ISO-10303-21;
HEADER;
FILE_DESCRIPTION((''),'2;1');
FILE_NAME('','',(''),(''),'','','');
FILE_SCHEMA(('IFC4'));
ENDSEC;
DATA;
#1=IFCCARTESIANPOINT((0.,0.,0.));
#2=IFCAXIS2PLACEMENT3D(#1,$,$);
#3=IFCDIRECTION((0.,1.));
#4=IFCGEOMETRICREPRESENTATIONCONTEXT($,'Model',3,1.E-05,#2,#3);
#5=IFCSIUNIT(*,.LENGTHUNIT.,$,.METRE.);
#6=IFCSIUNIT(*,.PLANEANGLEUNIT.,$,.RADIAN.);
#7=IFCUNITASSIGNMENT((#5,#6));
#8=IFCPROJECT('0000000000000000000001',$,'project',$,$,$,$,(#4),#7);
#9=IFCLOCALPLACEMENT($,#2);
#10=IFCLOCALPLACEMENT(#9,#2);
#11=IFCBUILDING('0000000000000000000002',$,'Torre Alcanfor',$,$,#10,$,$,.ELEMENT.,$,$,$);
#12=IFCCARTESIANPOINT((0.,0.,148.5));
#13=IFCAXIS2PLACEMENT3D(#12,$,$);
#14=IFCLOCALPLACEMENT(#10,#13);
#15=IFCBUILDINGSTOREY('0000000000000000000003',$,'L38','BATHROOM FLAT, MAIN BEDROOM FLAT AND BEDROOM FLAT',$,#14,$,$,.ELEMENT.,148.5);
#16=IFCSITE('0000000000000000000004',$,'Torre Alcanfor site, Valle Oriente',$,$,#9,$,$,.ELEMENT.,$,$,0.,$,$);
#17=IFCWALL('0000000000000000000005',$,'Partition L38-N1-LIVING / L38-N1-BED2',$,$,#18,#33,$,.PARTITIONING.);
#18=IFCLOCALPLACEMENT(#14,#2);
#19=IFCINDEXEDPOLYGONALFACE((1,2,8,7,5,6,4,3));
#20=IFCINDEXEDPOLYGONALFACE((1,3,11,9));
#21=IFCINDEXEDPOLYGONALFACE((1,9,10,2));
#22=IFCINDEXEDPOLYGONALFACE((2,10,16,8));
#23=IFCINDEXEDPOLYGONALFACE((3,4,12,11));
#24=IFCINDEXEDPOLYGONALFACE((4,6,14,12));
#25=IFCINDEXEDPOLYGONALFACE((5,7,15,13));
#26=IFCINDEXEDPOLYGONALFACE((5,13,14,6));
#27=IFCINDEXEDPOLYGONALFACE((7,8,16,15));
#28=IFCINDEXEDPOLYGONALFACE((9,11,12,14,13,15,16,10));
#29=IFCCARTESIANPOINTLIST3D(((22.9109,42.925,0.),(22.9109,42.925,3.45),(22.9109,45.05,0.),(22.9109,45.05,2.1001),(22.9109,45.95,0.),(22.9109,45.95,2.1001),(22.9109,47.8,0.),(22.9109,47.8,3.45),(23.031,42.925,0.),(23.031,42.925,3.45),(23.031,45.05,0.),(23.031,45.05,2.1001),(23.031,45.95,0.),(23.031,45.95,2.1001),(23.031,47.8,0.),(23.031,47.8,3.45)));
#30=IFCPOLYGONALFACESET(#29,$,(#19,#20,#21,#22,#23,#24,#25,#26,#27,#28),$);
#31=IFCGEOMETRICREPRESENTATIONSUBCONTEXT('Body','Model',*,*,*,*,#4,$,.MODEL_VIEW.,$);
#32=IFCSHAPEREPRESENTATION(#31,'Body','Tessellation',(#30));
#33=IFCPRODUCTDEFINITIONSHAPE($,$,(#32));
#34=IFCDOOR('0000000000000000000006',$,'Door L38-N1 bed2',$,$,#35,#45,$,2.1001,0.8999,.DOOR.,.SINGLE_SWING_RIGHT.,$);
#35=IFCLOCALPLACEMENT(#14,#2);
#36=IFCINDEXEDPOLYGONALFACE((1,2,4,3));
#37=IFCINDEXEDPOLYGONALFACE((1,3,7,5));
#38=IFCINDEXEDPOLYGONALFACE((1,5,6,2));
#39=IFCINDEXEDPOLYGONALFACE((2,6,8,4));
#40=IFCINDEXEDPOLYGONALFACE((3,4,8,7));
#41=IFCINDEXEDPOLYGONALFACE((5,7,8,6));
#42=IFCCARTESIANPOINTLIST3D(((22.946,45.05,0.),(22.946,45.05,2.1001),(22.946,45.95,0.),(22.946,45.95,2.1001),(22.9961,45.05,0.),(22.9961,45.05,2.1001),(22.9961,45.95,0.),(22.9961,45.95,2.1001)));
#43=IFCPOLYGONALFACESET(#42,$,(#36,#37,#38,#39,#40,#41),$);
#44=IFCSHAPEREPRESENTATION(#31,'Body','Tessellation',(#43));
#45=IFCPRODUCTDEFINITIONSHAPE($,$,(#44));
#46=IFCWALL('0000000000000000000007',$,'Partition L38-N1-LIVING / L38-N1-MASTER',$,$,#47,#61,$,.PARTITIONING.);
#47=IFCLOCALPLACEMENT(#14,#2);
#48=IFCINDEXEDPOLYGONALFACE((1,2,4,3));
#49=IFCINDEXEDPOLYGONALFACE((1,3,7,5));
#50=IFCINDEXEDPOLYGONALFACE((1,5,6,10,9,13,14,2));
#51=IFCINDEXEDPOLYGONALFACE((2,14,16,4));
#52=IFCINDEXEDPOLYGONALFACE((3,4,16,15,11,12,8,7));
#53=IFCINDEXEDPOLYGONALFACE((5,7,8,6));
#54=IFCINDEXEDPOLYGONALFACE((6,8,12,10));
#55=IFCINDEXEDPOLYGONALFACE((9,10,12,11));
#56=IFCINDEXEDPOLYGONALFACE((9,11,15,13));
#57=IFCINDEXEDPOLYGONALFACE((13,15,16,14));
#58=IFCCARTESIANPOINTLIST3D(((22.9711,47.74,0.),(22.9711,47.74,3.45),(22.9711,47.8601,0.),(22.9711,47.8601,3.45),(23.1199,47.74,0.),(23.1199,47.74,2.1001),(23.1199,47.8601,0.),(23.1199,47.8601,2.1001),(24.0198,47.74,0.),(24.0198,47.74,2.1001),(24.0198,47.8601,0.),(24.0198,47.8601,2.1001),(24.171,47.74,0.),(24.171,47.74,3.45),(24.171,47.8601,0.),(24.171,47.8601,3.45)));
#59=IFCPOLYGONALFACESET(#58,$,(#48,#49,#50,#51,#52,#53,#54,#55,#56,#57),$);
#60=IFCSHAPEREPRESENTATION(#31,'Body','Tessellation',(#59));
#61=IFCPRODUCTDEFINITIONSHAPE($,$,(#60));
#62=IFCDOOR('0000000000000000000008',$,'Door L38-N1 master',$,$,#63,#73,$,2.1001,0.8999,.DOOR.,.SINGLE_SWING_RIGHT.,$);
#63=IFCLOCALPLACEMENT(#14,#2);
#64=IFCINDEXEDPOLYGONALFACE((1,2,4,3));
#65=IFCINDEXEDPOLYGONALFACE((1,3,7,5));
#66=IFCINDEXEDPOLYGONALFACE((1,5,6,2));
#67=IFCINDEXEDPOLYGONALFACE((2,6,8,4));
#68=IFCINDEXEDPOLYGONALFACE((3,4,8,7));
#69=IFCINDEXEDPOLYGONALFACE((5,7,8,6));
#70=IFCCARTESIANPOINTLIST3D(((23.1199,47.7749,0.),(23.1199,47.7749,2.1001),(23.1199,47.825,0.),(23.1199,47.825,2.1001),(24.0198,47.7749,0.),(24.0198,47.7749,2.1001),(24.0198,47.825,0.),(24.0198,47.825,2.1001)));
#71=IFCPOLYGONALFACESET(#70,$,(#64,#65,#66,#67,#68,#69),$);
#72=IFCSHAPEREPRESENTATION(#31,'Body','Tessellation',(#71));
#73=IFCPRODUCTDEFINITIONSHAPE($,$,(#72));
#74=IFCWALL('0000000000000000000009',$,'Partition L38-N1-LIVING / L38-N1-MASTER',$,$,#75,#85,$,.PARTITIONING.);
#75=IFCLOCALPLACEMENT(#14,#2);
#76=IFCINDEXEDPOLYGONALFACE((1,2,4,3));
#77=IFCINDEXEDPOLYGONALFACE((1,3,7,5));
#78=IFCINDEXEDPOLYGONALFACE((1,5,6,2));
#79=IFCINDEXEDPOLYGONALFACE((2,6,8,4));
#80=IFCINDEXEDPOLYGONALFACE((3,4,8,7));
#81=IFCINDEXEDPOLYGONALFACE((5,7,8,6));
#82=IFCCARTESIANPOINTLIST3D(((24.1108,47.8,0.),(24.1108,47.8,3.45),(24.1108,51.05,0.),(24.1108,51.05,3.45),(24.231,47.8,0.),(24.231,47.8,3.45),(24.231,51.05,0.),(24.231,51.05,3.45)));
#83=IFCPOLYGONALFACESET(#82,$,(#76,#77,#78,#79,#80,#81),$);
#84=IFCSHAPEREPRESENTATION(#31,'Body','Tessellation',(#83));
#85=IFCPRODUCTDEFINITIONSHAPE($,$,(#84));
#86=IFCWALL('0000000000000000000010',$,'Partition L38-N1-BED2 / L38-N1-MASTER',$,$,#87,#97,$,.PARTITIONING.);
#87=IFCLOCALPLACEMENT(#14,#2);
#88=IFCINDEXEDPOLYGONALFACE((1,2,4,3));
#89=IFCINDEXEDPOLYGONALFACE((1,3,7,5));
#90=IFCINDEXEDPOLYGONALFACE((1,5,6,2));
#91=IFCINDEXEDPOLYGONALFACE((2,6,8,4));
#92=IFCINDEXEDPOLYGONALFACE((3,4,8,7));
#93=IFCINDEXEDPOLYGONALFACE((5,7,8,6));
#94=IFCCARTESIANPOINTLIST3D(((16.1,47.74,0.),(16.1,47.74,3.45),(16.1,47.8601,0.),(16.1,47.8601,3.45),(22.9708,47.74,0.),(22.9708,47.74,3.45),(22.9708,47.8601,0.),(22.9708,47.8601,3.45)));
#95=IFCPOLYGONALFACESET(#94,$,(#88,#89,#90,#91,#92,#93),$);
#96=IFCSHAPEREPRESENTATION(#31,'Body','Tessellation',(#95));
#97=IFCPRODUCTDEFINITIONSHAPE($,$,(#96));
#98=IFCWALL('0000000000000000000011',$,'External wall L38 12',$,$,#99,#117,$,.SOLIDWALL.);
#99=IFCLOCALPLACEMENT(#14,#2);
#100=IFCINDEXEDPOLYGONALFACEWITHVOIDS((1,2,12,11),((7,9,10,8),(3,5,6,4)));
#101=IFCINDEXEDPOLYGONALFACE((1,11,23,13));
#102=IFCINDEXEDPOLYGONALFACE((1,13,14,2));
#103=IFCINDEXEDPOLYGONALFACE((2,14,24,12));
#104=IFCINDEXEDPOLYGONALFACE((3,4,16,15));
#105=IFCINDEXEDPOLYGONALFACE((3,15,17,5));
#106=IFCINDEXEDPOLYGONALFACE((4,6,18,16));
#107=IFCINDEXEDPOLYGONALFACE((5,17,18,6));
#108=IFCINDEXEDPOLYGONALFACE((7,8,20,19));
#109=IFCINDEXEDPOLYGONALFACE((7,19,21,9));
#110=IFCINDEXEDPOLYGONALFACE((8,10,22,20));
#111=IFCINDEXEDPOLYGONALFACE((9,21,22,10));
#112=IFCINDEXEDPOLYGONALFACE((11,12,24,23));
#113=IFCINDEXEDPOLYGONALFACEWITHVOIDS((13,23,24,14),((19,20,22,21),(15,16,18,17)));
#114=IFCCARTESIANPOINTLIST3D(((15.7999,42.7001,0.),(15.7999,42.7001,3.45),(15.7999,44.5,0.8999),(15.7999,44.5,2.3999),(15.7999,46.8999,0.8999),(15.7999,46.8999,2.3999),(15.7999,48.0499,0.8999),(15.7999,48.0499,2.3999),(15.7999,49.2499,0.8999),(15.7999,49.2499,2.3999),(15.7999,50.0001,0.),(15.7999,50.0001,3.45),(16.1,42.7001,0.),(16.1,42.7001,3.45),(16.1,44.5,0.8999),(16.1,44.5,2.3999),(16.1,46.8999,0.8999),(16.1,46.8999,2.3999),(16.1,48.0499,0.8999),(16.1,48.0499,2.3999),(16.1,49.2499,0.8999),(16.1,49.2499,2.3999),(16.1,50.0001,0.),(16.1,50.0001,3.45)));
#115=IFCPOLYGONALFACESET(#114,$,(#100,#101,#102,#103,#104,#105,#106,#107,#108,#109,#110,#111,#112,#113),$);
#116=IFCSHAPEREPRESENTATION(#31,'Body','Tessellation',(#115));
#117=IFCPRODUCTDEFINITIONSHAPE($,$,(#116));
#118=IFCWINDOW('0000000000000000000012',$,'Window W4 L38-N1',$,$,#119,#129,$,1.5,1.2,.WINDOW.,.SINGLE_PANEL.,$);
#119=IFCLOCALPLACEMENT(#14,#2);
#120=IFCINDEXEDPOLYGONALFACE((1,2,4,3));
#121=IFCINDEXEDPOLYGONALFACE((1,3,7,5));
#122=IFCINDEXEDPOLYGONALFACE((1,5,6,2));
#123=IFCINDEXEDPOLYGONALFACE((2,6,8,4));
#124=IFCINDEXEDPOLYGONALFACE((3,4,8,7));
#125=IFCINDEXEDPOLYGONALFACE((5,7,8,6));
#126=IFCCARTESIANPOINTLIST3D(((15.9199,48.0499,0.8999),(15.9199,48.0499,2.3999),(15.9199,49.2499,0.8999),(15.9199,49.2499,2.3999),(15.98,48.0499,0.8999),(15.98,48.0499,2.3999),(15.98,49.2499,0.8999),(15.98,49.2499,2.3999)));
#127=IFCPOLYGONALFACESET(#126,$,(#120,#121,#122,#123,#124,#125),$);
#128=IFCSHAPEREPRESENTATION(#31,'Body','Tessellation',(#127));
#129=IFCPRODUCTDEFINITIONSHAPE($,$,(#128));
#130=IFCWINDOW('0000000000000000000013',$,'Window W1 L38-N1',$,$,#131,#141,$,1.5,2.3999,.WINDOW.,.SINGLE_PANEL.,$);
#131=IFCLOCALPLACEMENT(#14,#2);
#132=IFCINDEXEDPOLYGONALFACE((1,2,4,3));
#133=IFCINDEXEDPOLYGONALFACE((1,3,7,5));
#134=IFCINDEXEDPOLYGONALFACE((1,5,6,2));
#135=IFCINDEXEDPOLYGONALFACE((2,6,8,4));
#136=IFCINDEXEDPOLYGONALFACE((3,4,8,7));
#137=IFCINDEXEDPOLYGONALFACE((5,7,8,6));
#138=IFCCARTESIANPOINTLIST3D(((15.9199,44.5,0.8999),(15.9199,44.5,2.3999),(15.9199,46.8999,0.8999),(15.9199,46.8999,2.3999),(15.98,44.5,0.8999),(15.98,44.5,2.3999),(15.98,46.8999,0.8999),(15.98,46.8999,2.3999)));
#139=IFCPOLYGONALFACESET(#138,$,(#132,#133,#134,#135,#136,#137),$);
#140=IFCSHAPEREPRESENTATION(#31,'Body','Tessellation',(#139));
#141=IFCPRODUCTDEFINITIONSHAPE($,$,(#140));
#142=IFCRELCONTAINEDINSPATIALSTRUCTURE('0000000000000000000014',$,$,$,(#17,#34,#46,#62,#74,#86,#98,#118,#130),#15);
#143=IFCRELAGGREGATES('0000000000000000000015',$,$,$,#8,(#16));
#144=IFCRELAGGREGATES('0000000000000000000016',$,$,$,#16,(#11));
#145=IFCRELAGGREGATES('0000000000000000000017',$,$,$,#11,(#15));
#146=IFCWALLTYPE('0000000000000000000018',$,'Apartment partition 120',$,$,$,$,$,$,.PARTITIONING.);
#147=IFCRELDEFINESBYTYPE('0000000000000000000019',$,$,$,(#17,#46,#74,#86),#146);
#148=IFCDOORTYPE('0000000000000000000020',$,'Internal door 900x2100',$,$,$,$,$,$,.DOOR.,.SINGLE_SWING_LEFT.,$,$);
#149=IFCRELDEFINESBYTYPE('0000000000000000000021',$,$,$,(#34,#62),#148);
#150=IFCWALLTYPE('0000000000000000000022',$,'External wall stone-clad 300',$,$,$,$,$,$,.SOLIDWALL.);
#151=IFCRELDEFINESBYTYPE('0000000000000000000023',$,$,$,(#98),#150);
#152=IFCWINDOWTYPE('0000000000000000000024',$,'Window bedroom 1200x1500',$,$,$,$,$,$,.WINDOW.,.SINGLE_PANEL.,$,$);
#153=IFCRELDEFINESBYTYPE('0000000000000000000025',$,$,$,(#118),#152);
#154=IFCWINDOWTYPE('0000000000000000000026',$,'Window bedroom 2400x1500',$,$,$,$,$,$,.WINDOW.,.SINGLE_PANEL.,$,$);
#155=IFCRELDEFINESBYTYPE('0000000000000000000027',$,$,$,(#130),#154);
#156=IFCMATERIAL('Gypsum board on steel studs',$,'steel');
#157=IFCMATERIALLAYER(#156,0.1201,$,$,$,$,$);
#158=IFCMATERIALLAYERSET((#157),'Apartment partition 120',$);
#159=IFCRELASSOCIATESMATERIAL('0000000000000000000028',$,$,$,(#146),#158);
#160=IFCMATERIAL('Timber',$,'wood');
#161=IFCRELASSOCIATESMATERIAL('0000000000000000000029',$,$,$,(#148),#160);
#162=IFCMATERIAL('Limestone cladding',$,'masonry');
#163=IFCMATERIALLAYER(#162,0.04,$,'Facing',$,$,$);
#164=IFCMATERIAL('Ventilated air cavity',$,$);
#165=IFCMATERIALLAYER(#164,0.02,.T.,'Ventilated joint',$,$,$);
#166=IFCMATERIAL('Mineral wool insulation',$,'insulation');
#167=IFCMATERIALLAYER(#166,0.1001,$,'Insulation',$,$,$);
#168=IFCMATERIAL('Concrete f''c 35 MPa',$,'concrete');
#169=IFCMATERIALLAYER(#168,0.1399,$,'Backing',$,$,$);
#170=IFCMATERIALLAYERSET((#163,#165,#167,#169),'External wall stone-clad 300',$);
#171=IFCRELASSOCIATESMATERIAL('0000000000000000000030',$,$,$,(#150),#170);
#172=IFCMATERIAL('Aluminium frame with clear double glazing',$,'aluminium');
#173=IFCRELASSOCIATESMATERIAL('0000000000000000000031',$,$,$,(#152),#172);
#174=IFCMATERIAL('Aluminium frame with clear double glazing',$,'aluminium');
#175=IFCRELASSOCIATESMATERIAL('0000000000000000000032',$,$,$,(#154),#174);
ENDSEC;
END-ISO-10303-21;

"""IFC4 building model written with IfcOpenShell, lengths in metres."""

from ifc_helpers import new_model, si_unit, direction, frame, frame_2d, origin, place, context, subcontext, project, spatial, rectangle, extrude, material, layer, layer_set, type_object, element, fill, save


model = new_model("IFC4")

# Units and contexts
model_context = context("Model", 3, precision=1e-05, world=origin(), true_north=direction((0.0, 1.0)))
body_context = subcontext(model_context, "Body", "Model", "MODEL_VIEW")
ifc_project = project(units=[si_unit("LENGTHUNIT", "METRE"), si_unit("PLANEANGLEUNIT", "RADIAN")], contexts=[model_context])

# Site, building, storey
site_placement = place(None, origin())
site = spatial("IfcSite", under=ifc_project, at=site_placement, Name="Torre Alcanfor site, Valle Oriente", CompositionType="ELEMENT", RefElevation=0.0)
building_placement = place(site_placement, origin())
building = spatial("IfcBuilding", under=site, at=building_placement, Name="Torre Alcanfor", CompositionType="ELEMENT")
storey_placement = place(building_placement, frame((0.0, 0.0, 148.5)))
storey = spatial("IfcBuildingStorey", under=building, at=storey_placement, Name="L38", Description="BATHROOM FLAT, MAIN BEDROOM FLAT AND BEDROOM FLAT", CompositionType="ELEMENT", Elevation=148.5)

# Walls, openings, doors
ifc_material_1 = material(Name="Gypsum board on steel studs", Category="steel")
ifc_layer_1 = layer(ifc_material_1, 0.1201)
ifc_layer_set_1 = layer_set([ifc_layer_1], Name="Apartment partition 120")
wall_type_1 = type_object("IfcWallType", Name="Apartment partition 120", PredefinedType="PARTITIONING", material=ifc_layer_set_1)
wall_1_placement = place(storey_placement, frame((22.9709, 42.925, 0.0), z_axis=(0.0, 0.0, 1.0), x_axis=(0.0, 1.0, 0.0)))
wall_1 = element("IfcWall", 1, at=wall_1_placement, inside=storey, type_object=wall_type_1, Name="Partition L38-N1-LIVING / L38-N1-BED2", PredefinedType="PARTITIONING", context=body_context, shape_type="SweptSolid", body=[
    extrude(rectangle(XDim=4.875, YDim=0.1201, at=frame_2d((2.4375, 0.0))), origin(), (0.0, 0.0, 1.0), 3.45),
])
opening_1_placement = place(wall_1_placement, frame((2.125, 0.0, 0.0)))
opening_1 = element("IfcOpeningElement", 2, at=opening_1_placement, cuts=wall_1, PredefinedType="OPENING", context=body_context, shape_type="SweptSolid", body=[
    extrude(rectangle(XDim=0.8999, YDim=2.1001, at=frame_2d((0.45, 1.05))), frame((0.0, 0.0701, 0.0), z_axis=(0.0, -1.0, 0.0), x_axis=(1.0, 0.0, 0.0)), (0.0, 0.0, 1.0), 0.1401),
])
ifc_material_2 = material(Name="Timber", Category="wood")
door_type_1 = type_object("IfcDoorType", Name="Internal door 900x2100", OperationType="SINGLE_SWING_LEFT", PredefinedType="DOOR", material=ifc_material_2)
door_1_placement = place(opening_1_placement, origin())
door_1 = element("IfcDoor", 3, at=door_1_placement, inside=storey, type_object=door_type_1, Name="Door L38-N1 bed2", OperationType="SINGLE_SWING_RIGHT", OverallHeight=2.1001, OverallWidth=0.8999, PredefinedType="DOOR", context=body_context, shape_type="SweptSolid", body=[
    extrude(rectangle(XDim=0.8999, YDim=2.1001, at=frame_2d((0.45, 1.05))), frame((0.0, 0.0249, 0.0), z_axis=(0.0, -1.0, 0.0), x_axis=(1.0, 0.0, 0.0)), (0.0, 0.0, 1.0), 0.05),
])
fill(opening_1, door_1)
wall_2_placement = place(storey_placement, frame((22.9709, 47.8, 0.0), z_axis=(0.0, 0.0, 1.0), x_axis=(1.0, 0.0, 0.0)))
wall_2 = element("IfcWall", 4, at=wall_2_placement, inside=storey, type_object=wall_type_1, Name="Partition L38-N1-LIVING / L38-N1-MASTER", PredefinedType="PARTITIONING", context=body_context, shape_type="SweptSolid", body=[
    extrude(rectangle(XDim=1.2, YDim=0.1201, at=frame_2d((0.6001, 0.0))), origin(), (0.0, 0.0, 1.0), 3.45),
])
opening_2_placement = place(wall_2_placement, frame((0.1489, 0.0, 0.0)))
opening_2 = element("IfcOpeningElement", 5, at=opening_2_placement, cuts=wall_2, PredefinedType="OPENING", context=body_context, shape_type="SweptSolid", body=[
    extrude(rectangle(XDim=0.8999, YDim=2.1001, at=frame_2d((0.45, 1.05))), frame((0.0, 0.0701, 0.0), z_axis=(0.0, -1.0, 0.0), x_axis=(1.0, 0.0, 0.0)), (0.0, 0.0, 1.0), 0.1401),
])
door_2_placement = place(opening_2_placement, origin())
door_2 = element("IfcDoor", 6, at=door_2_placement, inside=storey, type_object=door_type_1, Name="Door L38-N1 master", OperationType="SINGLE_SWING_RIGHT", OverallHeight=2.1001, OverallWidth=0.8999, PredefinedType="DOOR", context=body_context, shape_type="SweptSolid", body=[
    extrude(rectangle(XDim=0.8999, YDim=2.1001, at=frame_2d((0.45, 1.05))), frame((0.0, 0.0249, 0.0), z_axis=(0.0, -1.0, 0.0), x_axis=(1.0, 0.0, 0.0)), (0.0, 0.0, 1.0), 0.05),
])
fill(opening_2, door_2)

# Walls
wall_3_placement = place(storey_placement, frame((24.1709, 47.8, 0.0), z_axis=(0.0, 0.0, 1.0), x_axis=(0.0, 1.0, 0.0)))
element("IfcWall", 7, at=wall_3_placement, inside=storey, type_object=wall_type_1, Name="Partition L38-N1-LIVING / L38-N1-MASTER", PredefinedType="PARTITIONING", context=body_context, shape_type="SweptSolid", body=[
    extrude(rectangle(XDim=3.25, YDim=0.1201, at=frame_2d((1.625, 0.0))), origin(), (0.0, 0.0, 1.0), 3.45),
])
wall_4_placement = place(storey_placement, frame((22.9709, 47.8, 0.0), z_axis=(0.0, 0.0, 1.0), x_axis=(-1.0, 0.0, 0.0)))
element("IfcWall", 8, at=wall_4_placement, inside=storey, type_object=wall_type_1, Name="Partition L38-N1-BED2 / L38-N1-MASTER", PredefinedType="PARTITIONING", context=body_context, shape_type="SweptSolid", body=[
    extrude(rectangle(XDim=6.8708, YDim=0.1201, at=frame_2d((3.4355, 0.0))), origin(), (0.0, 0.0, 1.0), 3.45),
])

# Wall, openings, windows
ifc_material_3 = material(Name="Limestone cladding", Category="masonry")
ifc_layer_2 = layer(ifc_material_3, 0.04, Name="Facing")
ifc_material_4 = material(Name="Ventilated air cavity")
ifc_layer_3 = layer(ifc_material_4, 0.02, ventilated=True, Name="Ventilated joint")
ifc_material_5 = material(Name="Mineral wool insulation", Category="insulation")
ifc_layer_4 = layer(ifc_material_5, 0.1001, Name="Insulation")
ifc_material_6 = material(Name="Concrete f'c 35 MPa", Category="concrete")
ifc_layer_5 = layer(ifc_material_6, 0.1399, Name="Backing")
ifc_layer_set_2 = layer_set([ifc_layer_2, ifc_layer_3, ifc_layer_4, ifc_layer_5], Name="External wall stone-clad 300")
wall_type_2 = type_object("IfcWallType", Name="External wall stone-clad 300", PredefinedType="SOLIDWALL", material=ifc_layer_set_2)
wall_5_placement = place(storey_placement, frame((15.95, 50.0, 0.0), z_axis=(0.0, 0.0, 1.0), x_axis=(0.0, -1.0, 0.0)))
wall_5 = element("IfcWall", 9, at=wall_5_placement, inside=storey, type_object=wall_type_2, Name="External wall L38 12", PredefinedType="SOLIDWALL", context=body_context, shape_type="SweptSolid", body=[
    extrude(rectangle(XDim=7.3, YDim=0.3, at=frame_2d((3.6499, 0.0))), origin(), (0.0, 0.0, 1.0), 3.45),
])
opening_3_placement = place(wall_5_placement, frame((3.1001, 0.0, 0.8999)))
opening_3 = element("IfcOpeningElement", 10, at=opening_3_placement, cuts=wall_5, PredefinedType="OPENING", context=body_context, shape_type="SweptSolid", body=[
    extrude(rectangle(XDim=2.3999, YDim=1.5, at=frame_2d((1.2, 0.75))), frame((0.0, 0.1599, 0.0), z_axis=(0.0, -1.0, 0.0), x_axis=(1.0, 0.0, 0.0)), (0.0, 0.0, 1.0), 0.3201),
])
opening_4_placement = place(wall_5_placement, frame((0.75, 0.0, 0.8999)))
opening_4 = element("IfcOpeningElement", 11, at=opening_4_placement, cuts=wall_5, PredefinedType="OPENING", context=body_context, shape_type="SweptSolid", body=[
    extrude(rectangle(XDim=1.2, YDim=1.5, at=frame_2d((0.6001, 0.75))), frame((0.0, 0.1599, 0.0), z_axis=(0.0, -1.0, 0.0), x_axis=(1.0, 0.0, 0.0)), (0.0, 0.0, 1.0), 0.3201),
])
ifc_material_7 = material(Name="Aluminium frame with clear double glazing", Category="aluminium")
window_type_1 = type_object("IfcWindowType", Name="Window bedroom 1200x1500", PartitioningType="SINGLE_PANEL", PredefinedType="WINDOW", material=ifc_material_7)
window_1_placement = place(opening_4_placement, origin())
window_1 = element("IfcWindow", 12, at=window_1_placement, inside=storey, type_object=window_type_1, Name="Window W4 L38-N1", OverallHeight=1.5, OverallWidth=1.2, PartitioningType="SINGLE_PANEL", PredefinedType="WINDOW", context=body_context, shape_type="SweptSolid", body=[
    extrude(rectangle(XDim=1.2, YDim=1.5, at=frame_2d((0.6001, 0.75))), frame((0.0, 0.03, 0.0), z_axis=(0.0, -1.0, 0.0), x_axis=(1.0, 0.0, 0.0)), (0.0, 0.0, 1.0), 0.0601),
])
fill(opening_4, window_1)
ifc_material_8 = material(Name="Aluminium frame with clear double glazing", Category="aluminium")
window_type_2 = type_object("IfcWindowType", Name="Window bedroom 2400x1500", PartitioningType="SINGLE_PANEL", PredefinedType="WINDOW", material=ifc_material_8)
window_2_placement = place(opening_3_placement, origin())
window_2 = element("IfcWindow", 13, at=window_2_placement, inside=storey, type_object=window_type_2, Name="Window W1 L38-N1", OverallHeight=1.5, OverallWidth=2.3999, PartitioningType="SINGLE_PANEL", PredefinedType="WINDOW", context=body_context, shape_type="SweptSolid", body=[
    extrude(rectangle(XDim=2.3999, YDim=1.5, at=frame_2d((1.2, 0.75))), frame((0.0, 0.03, 0.0), z_axis=(0.0, -1.0, 0.0), x_axis=(1.0, 0.0, 0.0)), (0.0, 0.0, 1.0), 0.0601),
])
fill(opening_3, window_2)

save(model, "model.ifc")
